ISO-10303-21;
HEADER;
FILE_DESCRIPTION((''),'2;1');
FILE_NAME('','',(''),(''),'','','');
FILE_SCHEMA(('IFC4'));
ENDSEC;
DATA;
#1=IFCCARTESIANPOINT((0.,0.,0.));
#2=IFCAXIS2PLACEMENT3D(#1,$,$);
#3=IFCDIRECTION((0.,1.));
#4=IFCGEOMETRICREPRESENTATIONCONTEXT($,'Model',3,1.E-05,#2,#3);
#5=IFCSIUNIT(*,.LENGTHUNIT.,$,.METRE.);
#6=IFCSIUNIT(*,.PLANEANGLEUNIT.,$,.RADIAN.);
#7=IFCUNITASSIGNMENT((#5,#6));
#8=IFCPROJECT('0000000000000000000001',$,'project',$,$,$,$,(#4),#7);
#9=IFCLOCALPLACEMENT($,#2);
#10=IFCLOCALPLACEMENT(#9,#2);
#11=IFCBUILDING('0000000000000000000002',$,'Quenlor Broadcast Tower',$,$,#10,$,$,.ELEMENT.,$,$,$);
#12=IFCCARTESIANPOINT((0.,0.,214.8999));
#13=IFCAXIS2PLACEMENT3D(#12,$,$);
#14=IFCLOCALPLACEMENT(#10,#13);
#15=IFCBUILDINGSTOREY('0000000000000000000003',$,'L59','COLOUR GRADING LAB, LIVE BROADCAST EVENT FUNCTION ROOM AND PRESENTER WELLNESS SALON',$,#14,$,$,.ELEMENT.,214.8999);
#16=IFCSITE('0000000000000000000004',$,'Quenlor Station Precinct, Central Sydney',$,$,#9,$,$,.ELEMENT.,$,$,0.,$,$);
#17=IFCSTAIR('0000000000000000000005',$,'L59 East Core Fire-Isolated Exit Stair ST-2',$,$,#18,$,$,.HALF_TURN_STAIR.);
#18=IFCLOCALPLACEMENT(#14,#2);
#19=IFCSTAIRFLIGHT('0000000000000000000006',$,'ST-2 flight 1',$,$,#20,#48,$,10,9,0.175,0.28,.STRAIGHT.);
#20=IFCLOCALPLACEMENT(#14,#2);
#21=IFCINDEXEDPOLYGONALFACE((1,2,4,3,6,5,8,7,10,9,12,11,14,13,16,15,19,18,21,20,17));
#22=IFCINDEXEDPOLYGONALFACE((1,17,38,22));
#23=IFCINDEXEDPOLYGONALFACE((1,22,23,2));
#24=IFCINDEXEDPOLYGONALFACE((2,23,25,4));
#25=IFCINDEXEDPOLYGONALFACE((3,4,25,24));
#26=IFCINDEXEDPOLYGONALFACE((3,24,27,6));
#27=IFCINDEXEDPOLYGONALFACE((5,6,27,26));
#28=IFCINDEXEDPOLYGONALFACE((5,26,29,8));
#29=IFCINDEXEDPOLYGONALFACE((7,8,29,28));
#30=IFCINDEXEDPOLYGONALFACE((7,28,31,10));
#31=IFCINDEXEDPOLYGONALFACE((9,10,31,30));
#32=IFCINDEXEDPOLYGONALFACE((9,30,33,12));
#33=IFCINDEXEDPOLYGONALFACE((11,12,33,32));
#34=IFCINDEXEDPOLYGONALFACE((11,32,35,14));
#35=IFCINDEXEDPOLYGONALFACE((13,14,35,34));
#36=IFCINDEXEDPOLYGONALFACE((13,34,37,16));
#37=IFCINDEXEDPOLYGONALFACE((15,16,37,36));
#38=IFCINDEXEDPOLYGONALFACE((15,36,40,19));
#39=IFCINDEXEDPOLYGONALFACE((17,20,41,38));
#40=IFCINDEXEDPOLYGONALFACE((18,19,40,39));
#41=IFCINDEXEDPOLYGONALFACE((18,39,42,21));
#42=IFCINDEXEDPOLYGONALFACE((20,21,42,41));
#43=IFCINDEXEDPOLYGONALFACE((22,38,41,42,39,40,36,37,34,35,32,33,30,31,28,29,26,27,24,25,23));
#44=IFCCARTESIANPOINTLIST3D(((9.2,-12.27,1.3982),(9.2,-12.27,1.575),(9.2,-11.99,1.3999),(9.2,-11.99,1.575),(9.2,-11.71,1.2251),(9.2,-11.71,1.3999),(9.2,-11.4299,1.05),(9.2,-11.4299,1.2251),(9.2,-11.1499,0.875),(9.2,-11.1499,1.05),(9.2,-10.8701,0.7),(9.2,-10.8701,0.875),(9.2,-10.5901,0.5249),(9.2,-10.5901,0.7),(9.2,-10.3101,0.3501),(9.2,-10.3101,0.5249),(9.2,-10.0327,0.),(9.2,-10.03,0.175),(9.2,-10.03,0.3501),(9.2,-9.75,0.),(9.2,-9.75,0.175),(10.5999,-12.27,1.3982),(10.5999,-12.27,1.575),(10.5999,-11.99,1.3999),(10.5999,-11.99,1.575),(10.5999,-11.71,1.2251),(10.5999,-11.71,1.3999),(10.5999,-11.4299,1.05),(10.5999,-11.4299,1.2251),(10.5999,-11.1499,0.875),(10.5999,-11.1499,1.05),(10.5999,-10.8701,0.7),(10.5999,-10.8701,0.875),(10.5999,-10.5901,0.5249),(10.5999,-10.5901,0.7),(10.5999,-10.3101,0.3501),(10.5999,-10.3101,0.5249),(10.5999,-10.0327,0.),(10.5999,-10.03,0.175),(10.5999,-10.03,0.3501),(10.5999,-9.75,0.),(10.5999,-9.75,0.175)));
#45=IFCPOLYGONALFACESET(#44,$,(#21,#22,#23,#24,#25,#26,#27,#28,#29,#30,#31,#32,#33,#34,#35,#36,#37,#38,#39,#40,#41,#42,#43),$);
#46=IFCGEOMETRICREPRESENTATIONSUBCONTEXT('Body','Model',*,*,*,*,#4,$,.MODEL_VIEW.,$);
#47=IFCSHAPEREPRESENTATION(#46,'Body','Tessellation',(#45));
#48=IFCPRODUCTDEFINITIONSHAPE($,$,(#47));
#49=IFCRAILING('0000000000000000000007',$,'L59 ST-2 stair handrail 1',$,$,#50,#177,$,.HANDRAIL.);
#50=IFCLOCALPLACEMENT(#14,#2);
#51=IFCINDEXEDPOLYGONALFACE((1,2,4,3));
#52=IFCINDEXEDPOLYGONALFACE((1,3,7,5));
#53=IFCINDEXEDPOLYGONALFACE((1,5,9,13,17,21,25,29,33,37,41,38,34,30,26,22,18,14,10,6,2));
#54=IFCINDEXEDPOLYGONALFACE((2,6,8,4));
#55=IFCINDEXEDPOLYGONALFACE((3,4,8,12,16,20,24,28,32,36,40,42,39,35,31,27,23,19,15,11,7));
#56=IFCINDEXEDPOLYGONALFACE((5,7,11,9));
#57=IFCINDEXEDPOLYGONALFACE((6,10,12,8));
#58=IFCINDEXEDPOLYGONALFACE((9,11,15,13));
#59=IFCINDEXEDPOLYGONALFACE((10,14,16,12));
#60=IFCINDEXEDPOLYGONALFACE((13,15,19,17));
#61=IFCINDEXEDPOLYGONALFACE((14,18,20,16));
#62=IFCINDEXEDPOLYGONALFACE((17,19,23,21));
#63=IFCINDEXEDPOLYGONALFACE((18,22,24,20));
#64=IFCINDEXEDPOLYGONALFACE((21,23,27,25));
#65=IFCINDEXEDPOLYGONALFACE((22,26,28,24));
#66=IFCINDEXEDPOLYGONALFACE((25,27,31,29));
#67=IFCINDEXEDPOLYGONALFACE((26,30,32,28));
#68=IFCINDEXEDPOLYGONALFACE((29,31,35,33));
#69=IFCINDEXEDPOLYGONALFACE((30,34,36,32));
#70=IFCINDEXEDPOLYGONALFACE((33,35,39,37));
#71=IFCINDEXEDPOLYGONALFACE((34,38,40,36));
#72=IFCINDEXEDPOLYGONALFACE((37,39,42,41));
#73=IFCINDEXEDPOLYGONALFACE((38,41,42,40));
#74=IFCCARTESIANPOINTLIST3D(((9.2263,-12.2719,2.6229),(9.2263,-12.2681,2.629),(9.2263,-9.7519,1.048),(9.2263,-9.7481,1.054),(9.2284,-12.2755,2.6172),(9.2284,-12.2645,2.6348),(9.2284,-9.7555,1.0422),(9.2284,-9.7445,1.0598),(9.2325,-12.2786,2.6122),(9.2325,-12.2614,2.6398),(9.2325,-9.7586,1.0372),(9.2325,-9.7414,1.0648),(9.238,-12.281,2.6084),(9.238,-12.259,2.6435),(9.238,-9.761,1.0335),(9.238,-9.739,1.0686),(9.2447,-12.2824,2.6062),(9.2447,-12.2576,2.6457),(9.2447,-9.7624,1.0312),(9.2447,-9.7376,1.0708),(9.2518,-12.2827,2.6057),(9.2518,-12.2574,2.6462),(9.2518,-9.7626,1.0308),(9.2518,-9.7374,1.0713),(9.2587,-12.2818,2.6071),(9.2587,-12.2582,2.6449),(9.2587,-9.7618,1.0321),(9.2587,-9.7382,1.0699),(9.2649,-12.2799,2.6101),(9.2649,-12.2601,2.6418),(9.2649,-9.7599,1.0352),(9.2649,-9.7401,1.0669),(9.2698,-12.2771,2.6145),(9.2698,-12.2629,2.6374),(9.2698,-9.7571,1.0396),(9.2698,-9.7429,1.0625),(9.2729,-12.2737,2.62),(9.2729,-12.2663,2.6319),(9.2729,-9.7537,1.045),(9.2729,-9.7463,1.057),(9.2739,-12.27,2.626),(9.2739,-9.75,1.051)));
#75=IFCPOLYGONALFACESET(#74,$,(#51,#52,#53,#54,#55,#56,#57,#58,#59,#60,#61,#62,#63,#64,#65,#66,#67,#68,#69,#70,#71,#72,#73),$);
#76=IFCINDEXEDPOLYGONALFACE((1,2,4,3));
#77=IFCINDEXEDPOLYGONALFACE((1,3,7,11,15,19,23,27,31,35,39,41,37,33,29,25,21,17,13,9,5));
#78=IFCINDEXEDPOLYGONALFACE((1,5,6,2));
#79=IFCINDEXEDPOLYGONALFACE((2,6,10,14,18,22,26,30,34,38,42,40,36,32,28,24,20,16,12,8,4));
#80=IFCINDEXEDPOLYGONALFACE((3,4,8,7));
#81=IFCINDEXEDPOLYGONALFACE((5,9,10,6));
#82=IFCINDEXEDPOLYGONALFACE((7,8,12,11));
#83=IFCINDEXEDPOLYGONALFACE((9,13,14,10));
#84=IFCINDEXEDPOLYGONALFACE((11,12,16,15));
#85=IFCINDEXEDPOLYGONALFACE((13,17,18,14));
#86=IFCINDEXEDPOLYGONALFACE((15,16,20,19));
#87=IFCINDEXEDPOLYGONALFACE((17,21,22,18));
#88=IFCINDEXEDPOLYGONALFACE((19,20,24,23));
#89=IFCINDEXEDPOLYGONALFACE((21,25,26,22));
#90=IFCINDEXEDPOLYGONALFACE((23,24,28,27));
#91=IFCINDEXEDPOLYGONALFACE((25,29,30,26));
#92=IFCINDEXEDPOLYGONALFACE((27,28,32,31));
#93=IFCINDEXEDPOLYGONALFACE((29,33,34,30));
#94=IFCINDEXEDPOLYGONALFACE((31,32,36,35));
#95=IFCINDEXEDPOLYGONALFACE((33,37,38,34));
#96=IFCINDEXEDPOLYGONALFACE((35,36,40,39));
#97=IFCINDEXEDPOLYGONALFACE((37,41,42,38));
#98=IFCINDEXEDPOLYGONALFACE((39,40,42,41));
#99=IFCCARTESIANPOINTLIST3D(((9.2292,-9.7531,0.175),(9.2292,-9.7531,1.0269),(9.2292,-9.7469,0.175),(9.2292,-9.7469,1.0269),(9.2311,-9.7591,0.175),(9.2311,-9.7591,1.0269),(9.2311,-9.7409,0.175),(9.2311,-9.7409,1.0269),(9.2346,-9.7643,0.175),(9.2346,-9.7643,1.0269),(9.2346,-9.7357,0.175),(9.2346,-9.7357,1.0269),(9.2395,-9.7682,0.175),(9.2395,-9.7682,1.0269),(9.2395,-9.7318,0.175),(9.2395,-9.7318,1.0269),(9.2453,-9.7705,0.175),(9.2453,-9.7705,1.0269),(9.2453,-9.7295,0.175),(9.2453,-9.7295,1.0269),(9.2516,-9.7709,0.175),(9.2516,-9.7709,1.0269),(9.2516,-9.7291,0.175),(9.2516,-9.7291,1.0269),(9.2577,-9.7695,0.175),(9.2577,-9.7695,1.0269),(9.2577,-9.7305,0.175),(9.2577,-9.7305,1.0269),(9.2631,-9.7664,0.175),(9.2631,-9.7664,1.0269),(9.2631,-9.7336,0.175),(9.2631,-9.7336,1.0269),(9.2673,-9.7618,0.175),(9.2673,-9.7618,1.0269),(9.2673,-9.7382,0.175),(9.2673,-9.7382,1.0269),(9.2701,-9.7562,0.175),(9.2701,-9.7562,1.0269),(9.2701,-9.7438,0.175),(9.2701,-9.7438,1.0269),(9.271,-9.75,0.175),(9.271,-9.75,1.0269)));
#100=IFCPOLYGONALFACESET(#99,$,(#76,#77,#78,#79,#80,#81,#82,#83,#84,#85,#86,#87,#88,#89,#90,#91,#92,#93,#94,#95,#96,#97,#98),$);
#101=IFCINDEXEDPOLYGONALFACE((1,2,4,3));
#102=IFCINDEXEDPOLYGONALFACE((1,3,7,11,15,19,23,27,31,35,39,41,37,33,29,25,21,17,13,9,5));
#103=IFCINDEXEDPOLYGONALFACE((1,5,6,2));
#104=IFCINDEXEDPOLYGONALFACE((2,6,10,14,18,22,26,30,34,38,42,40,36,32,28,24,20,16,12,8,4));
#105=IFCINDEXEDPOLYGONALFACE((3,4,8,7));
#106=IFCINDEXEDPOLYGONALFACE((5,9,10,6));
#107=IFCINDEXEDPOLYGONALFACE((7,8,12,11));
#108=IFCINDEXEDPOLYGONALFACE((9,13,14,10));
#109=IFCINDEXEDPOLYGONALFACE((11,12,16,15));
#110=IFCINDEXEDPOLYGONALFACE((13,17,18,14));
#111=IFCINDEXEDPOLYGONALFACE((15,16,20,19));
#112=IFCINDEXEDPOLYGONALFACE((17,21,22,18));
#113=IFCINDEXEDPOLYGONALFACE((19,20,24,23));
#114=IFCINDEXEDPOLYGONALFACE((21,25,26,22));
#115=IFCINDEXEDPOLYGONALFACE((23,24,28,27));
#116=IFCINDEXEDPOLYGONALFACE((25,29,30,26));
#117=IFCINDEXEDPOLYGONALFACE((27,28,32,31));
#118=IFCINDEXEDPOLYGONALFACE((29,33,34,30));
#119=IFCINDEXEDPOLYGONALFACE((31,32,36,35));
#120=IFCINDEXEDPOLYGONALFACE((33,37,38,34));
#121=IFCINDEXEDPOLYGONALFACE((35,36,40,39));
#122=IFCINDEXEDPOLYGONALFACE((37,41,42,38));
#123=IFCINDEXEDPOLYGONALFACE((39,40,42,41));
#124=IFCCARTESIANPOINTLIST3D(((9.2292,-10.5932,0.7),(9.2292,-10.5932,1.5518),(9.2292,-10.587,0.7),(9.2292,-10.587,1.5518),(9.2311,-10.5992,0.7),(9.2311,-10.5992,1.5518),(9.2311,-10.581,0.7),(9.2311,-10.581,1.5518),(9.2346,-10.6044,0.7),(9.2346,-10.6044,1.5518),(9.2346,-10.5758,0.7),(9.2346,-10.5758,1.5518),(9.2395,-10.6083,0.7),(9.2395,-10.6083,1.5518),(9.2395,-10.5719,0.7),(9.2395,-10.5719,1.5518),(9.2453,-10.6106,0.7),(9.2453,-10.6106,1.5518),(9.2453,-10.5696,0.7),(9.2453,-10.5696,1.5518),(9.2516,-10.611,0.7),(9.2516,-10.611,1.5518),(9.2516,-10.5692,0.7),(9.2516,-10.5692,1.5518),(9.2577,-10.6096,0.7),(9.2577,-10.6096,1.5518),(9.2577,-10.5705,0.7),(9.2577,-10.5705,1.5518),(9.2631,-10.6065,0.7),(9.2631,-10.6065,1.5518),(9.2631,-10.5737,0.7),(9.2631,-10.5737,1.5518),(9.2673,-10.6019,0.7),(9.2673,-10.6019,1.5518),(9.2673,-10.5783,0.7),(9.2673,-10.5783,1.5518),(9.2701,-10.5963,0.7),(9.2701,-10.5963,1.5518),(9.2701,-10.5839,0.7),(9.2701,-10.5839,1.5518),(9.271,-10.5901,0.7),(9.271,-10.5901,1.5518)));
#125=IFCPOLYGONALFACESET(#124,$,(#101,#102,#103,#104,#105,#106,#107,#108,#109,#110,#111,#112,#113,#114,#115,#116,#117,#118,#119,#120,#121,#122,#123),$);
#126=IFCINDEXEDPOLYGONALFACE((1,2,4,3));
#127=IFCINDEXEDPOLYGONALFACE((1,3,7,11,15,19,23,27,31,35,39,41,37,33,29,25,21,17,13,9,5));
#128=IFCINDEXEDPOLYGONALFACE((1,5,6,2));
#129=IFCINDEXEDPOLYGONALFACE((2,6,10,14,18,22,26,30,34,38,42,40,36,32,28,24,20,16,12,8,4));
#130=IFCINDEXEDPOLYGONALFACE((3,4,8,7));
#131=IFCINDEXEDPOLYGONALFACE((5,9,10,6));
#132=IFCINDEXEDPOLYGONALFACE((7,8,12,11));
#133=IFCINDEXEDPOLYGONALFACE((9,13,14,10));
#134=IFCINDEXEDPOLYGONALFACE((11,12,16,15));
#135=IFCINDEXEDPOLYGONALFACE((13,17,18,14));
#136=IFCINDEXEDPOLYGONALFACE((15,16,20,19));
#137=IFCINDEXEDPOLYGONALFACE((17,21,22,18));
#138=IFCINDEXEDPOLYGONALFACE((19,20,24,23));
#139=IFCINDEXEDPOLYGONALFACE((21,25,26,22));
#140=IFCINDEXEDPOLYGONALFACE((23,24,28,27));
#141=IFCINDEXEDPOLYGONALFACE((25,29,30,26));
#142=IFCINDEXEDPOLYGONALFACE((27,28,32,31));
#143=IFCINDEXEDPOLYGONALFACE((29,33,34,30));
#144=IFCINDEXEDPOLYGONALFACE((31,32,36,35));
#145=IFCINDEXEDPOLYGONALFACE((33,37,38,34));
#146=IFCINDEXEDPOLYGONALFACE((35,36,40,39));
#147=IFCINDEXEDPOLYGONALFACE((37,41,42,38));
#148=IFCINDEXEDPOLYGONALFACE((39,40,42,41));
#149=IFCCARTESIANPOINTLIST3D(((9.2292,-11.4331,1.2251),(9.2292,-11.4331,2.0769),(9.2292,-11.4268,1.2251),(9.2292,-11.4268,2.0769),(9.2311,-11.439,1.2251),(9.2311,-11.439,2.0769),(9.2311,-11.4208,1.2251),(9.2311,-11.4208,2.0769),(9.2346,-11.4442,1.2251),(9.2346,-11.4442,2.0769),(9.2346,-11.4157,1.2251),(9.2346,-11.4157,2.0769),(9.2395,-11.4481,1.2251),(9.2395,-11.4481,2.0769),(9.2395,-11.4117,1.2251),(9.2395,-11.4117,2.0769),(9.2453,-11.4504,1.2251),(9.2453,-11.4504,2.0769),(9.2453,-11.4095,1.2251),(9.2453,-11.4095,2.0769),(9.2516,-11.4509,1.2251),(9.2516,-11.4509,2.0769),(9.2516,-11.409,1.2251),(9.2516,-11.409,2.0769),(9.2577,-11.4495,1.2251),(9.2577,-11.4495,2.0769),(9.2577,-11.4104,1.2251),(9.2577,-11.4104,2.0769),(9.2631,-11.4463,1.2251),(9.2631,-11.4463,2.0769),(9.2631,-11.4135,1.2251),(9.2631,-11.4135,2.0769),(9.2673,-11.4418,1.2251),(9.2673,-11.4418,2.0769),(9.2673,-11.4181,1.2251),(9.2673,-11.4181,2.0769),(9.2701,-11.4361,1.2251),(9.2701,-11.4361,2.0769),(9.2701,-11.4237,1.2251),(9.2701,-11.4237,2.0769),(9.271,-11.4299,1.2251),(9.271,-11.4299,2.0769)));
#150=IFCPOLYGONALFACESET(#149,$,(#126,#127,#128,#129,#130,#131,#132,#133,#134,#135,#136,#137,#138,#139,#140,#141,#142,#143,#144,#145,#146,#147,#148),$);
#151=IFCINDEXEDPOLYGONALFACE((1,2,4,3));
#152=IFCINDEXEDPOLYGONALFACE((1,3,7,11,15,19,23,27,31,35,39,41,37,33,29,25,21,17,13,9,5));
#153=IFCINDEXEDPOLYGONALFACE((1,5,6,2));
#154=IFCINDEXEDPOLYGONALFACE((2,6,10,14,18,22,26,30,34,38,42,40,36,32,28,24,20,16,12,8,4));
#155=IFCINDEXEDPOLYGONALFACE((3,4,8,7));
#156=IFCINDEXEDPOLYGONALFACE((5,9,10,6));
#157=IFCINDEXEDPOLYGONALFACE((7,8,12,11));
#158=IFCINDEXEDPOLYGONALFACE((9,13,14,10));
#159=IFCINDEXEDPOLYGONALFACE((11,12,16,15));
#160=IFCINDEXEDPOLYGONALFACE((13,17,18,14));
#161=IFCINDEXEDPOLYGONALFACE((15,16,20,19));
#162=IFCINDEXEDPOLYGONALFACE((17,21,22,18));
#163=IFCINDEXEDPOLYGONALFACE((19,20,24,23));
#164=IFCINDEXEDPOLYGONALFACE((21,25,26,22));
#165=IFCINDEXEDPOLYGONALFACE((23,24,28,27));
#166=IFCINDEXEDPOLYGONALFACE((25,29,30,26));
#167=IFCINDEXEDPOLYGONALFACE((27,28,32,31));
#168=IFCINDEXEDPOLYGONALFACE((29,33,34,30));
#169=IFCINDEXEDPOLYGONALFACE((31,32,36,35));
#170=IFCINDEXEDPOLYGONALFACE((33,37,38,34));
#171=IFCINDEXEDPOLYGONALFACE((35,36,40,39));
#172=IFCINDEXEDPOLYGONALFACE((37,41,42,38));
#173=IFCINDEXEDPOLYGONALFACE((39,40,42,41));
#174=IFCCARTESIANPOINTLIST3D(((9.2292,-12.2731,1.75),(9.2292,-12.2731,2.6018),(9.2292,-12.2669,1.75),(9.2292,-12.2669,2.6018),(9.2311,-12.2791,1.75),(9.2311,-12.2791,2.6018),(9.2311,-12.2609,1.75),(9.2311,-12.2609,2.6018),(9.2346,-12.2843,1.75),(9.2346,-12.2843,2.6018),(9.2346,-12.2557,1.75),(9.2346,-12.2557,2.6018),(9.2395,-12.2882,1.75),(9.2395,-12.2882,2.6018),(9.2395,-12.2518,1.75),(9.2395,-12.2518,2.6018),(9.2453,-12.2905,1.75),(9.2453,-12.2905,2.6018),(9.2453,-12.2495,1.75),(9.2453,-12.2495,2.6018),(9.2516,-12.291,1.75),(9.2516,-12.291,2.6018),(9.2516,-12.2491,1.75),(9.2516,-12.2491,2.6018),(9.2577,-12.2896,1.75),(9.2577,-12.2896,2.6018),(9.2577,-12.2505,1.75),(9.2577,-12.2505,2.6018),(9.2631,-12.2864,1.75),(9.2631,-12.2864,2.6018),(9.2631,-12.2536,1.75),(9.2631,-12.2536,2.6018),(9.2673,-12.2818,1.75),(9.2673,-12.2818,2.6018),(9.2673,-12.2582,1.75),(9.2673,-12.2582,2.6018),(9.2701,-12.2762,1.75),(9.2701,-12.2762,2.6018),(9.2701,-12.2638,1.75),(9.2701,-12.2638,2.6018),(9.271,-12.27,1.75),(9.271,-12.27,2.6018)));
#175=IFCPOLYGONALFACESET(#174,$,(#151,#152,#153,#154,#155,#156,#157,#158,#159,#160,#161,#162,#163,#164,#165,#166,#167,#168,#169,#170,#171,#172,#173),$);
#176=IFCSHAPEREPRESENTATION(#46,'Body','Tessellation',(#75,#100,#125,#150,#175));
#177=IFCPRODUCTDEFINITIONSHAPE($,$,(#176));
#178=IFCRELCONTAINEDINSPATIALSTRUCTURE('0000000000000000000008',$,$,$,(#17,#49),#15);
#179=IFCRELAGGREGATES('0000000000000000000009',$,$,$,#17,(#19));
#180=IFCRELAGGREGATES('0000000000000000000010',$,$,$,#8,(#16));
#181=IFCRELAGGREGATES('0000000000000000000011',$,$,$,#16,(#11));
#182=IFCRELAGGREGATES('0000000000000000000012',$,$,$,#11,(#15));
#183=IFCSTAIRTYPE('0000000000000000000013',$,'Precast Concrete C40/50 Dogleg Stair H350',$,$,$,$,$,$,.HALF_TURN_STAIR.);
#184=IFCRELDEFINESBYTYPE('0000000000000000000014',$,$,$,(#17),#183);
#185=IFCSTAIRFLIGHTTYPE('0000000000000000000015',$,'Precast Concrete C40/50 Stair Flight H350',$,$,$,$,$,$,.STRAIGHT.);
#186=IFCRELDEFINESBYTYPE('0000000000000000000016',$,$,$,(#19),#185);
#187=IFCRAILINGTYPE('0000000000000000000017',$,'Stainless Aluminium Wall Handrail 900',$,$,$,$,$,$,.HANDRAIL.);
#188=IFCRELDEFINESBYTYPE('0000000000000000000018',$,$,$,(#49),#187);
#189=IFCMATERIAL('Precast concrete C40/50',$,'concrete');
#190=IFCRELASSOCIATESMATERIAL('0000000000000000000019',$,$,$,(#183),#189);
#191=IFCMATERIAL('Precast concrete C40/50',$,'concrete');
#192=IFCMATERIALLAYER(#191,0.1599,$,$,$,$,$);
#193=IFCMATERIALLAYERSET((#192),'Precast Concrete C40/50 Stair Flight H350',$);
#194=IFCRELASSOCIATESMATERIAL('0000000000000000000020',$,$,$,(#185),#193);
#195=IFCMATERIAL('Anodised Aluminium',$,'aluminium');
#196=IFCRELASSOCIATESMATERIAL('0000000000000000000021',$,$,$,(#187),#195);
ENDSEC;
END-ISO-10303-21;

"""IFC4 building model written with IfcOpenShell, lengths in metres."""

from ifc_helpers import new_model, si_unit, direction, frame, origin, origin_2d, place, context, subcontext, project, spatial, polyline, circle, outline, extrude, material, layer, layer_set, type_object, element, aggregate, save


model = new_model("IFC4")

# Units and contexts
model_context = context("Model", 3, precision=1e-05, world=origin(), true_north=direction((0.0, 1.0)))
body_context = subcontext(model_context, "Body", "Model", "MODEL_VIEW")
ifc_project = project(units=[si_unit("LENGTHUNIT", "METRE"), si_unit("PLANEANGLEUNIT", "RADIAN")], contexts=[model_context])

# Site, building, storey
site_placement = place(None, origin())
site = spatial("IfcSite", under=ifc_project, at=site_placement, Name="Quenlor Station Precinct, Central Sydney", CompositionType="ELEMENT", RefElevation=0.0)
building_placement = place(site_placement, origin())
building = spatial("IfcBuilding", under=site, at=building_placement, Name="Quenlor Broadcast Tower", CompositionType="ELEMENT")
storey_placement = place(building_placement, frame((0.0, 0.0, 214.8999)))
storey = spatial("IfcBuildingStorey", under=building, at=storey_placement, Name="L59", Description="COLOUR GRADING LAB, LIVE BROADCAST EVENT FUNCTION ROOM AND PRESENTER WELLNESS SALON", CompositionType="ELEMENT", Elevation=214.8999)

# Stair, stair flight
ifc_material_1 = material(Name="Precast concrete C40/50", Category="concrete")
stair_type = type_object("IfcStairType", Name="Precast Concrete C40/50 Dogleg Stair H350", PredefinedType="HALF_TURN_STAIR", material=ifc_material_1)
stair_placement = place(storey_placement, origin())
stair = element("IfcStair", 1, at=stair_placement, inside=storey, type_object=stair_type, Name="L59 East Core Fire-Isolated Exit Stair ST-2", PredefinedType="HALF_TURN_STAIR")
ifc_material_2 = material(Name="Precast concrete C40/50", Category="concrete")
ifc_layer_1 = layer(ifc_material_2, 0.1599)
ifc_layer_set_1 = layer_set([ifc_layer_1], Name="Precast Concrete C40/50 Stair Flight H350")
stair_flight_type = type_object("IfcStairFlightType", Name="Precast Concrete C40/50 Stair Flight H350", PredefinedType="STRAIGHT", material=ifc_layer_set_1)
stair_flight_placement = place(storey_placement, frame((9.8999, -9.75, 0.0), z_axis=(0.0, 0.0, 1.0), x_axis=(0.0, -1.0, 0.0)))
stair_flight = element("IfcStairFlight", 2, at=stair_flight_placement, type_object=stair_flight_type, Name="ST-2 flight 1", NumberOfRisers=10, NumberOfTreads=9, PredefinedType="STRAIGHT", RiserHeight=0.175, TreadLength=0.28, context=body_context, shape_type="SweptSolid", body=[
    extrude(outline(polyline([(0.0, 0.0), (0.0, 0.175), (0.28, 0.175), (0.28, 0.3501), (0.5601, 0.3501), (0.5601, 0.5249), (0.8401, 0.5249), (0.8401, 0.7), (1.1201, 0.7), (1.1201, 0.875), (1.3999, 0.875), (1.3999, 1.05), (1.6799, 1.05), (1.6799, 1.2251), (1.96, 1.2251), (1.96, 1.3999), (2.24, 1.3999), (2.24, 1.575), (2.52, 1.575), (2.52, 1.75), (2.52, 1.3982), (0.2827, 0.0), (0.0, 0.0)])), frame((0.0, 0.7, 0.0), z_axis=(0.0, -1.0, 0.0), x_axis=(1.0, 0.0, 0.0)), (0.0, 0.0, 1.0), 1.3999),
])
aggregate(stair, [stair_flight])

# Railing
ifc_material_3 = material(Name="Anodised Aluminium", Category="aluminium")
railing_type_1 = type_object("IfcRailingType", Name="Stainless Aluminium Wall Handrail 900", PredefinedType="HANDRAIL", material=ifc_material_3)
railing_1_placement = place(storey_placement, frame((9.25, -9.75, 0.175)))
element("IfcRailing", 3, at=railing_1_placement, inside=storey, type_object=railing_type_1, Name="L59 ST-2 stair handrail 1", PredefinedType="HANDRAIL", context=body_context, shape_type="SweptSolid", body=[
    extrude(circle(Radius=0.0239, at=origin_2d()), frame((0.0, 0.0, 0.876), z_axis=(0.0, -0.848008, 0.529984), x_axis=(1.0, 0.0, 0.0)), (0.0, 0.0, 1.0), 2.9717),
    extrude(circle(Radius=0.021, at=origin_2d()), origin(), (0.0, 0.0, 1.0), 0.8518),
    extrude(circle(Radius=0.021, at=origin_2d()), frame((0.0, -0.8401, 0.5249)), (0.0, 0.0, 1.0), 0.8518),
    extrude(circle(Radius=0.021, at=origin_2d()), frame((0.0, -1.6799, 1.05)), (0.0, 0.0, 1.0), 0.8518),
    extrude(circle(Radius=0.021, at=origin_2d()), frame((0.0, -2.52, 1.575)), (0.0, 0.0, 1.0), 0.8518),
])

save(model, "model.ifc")
